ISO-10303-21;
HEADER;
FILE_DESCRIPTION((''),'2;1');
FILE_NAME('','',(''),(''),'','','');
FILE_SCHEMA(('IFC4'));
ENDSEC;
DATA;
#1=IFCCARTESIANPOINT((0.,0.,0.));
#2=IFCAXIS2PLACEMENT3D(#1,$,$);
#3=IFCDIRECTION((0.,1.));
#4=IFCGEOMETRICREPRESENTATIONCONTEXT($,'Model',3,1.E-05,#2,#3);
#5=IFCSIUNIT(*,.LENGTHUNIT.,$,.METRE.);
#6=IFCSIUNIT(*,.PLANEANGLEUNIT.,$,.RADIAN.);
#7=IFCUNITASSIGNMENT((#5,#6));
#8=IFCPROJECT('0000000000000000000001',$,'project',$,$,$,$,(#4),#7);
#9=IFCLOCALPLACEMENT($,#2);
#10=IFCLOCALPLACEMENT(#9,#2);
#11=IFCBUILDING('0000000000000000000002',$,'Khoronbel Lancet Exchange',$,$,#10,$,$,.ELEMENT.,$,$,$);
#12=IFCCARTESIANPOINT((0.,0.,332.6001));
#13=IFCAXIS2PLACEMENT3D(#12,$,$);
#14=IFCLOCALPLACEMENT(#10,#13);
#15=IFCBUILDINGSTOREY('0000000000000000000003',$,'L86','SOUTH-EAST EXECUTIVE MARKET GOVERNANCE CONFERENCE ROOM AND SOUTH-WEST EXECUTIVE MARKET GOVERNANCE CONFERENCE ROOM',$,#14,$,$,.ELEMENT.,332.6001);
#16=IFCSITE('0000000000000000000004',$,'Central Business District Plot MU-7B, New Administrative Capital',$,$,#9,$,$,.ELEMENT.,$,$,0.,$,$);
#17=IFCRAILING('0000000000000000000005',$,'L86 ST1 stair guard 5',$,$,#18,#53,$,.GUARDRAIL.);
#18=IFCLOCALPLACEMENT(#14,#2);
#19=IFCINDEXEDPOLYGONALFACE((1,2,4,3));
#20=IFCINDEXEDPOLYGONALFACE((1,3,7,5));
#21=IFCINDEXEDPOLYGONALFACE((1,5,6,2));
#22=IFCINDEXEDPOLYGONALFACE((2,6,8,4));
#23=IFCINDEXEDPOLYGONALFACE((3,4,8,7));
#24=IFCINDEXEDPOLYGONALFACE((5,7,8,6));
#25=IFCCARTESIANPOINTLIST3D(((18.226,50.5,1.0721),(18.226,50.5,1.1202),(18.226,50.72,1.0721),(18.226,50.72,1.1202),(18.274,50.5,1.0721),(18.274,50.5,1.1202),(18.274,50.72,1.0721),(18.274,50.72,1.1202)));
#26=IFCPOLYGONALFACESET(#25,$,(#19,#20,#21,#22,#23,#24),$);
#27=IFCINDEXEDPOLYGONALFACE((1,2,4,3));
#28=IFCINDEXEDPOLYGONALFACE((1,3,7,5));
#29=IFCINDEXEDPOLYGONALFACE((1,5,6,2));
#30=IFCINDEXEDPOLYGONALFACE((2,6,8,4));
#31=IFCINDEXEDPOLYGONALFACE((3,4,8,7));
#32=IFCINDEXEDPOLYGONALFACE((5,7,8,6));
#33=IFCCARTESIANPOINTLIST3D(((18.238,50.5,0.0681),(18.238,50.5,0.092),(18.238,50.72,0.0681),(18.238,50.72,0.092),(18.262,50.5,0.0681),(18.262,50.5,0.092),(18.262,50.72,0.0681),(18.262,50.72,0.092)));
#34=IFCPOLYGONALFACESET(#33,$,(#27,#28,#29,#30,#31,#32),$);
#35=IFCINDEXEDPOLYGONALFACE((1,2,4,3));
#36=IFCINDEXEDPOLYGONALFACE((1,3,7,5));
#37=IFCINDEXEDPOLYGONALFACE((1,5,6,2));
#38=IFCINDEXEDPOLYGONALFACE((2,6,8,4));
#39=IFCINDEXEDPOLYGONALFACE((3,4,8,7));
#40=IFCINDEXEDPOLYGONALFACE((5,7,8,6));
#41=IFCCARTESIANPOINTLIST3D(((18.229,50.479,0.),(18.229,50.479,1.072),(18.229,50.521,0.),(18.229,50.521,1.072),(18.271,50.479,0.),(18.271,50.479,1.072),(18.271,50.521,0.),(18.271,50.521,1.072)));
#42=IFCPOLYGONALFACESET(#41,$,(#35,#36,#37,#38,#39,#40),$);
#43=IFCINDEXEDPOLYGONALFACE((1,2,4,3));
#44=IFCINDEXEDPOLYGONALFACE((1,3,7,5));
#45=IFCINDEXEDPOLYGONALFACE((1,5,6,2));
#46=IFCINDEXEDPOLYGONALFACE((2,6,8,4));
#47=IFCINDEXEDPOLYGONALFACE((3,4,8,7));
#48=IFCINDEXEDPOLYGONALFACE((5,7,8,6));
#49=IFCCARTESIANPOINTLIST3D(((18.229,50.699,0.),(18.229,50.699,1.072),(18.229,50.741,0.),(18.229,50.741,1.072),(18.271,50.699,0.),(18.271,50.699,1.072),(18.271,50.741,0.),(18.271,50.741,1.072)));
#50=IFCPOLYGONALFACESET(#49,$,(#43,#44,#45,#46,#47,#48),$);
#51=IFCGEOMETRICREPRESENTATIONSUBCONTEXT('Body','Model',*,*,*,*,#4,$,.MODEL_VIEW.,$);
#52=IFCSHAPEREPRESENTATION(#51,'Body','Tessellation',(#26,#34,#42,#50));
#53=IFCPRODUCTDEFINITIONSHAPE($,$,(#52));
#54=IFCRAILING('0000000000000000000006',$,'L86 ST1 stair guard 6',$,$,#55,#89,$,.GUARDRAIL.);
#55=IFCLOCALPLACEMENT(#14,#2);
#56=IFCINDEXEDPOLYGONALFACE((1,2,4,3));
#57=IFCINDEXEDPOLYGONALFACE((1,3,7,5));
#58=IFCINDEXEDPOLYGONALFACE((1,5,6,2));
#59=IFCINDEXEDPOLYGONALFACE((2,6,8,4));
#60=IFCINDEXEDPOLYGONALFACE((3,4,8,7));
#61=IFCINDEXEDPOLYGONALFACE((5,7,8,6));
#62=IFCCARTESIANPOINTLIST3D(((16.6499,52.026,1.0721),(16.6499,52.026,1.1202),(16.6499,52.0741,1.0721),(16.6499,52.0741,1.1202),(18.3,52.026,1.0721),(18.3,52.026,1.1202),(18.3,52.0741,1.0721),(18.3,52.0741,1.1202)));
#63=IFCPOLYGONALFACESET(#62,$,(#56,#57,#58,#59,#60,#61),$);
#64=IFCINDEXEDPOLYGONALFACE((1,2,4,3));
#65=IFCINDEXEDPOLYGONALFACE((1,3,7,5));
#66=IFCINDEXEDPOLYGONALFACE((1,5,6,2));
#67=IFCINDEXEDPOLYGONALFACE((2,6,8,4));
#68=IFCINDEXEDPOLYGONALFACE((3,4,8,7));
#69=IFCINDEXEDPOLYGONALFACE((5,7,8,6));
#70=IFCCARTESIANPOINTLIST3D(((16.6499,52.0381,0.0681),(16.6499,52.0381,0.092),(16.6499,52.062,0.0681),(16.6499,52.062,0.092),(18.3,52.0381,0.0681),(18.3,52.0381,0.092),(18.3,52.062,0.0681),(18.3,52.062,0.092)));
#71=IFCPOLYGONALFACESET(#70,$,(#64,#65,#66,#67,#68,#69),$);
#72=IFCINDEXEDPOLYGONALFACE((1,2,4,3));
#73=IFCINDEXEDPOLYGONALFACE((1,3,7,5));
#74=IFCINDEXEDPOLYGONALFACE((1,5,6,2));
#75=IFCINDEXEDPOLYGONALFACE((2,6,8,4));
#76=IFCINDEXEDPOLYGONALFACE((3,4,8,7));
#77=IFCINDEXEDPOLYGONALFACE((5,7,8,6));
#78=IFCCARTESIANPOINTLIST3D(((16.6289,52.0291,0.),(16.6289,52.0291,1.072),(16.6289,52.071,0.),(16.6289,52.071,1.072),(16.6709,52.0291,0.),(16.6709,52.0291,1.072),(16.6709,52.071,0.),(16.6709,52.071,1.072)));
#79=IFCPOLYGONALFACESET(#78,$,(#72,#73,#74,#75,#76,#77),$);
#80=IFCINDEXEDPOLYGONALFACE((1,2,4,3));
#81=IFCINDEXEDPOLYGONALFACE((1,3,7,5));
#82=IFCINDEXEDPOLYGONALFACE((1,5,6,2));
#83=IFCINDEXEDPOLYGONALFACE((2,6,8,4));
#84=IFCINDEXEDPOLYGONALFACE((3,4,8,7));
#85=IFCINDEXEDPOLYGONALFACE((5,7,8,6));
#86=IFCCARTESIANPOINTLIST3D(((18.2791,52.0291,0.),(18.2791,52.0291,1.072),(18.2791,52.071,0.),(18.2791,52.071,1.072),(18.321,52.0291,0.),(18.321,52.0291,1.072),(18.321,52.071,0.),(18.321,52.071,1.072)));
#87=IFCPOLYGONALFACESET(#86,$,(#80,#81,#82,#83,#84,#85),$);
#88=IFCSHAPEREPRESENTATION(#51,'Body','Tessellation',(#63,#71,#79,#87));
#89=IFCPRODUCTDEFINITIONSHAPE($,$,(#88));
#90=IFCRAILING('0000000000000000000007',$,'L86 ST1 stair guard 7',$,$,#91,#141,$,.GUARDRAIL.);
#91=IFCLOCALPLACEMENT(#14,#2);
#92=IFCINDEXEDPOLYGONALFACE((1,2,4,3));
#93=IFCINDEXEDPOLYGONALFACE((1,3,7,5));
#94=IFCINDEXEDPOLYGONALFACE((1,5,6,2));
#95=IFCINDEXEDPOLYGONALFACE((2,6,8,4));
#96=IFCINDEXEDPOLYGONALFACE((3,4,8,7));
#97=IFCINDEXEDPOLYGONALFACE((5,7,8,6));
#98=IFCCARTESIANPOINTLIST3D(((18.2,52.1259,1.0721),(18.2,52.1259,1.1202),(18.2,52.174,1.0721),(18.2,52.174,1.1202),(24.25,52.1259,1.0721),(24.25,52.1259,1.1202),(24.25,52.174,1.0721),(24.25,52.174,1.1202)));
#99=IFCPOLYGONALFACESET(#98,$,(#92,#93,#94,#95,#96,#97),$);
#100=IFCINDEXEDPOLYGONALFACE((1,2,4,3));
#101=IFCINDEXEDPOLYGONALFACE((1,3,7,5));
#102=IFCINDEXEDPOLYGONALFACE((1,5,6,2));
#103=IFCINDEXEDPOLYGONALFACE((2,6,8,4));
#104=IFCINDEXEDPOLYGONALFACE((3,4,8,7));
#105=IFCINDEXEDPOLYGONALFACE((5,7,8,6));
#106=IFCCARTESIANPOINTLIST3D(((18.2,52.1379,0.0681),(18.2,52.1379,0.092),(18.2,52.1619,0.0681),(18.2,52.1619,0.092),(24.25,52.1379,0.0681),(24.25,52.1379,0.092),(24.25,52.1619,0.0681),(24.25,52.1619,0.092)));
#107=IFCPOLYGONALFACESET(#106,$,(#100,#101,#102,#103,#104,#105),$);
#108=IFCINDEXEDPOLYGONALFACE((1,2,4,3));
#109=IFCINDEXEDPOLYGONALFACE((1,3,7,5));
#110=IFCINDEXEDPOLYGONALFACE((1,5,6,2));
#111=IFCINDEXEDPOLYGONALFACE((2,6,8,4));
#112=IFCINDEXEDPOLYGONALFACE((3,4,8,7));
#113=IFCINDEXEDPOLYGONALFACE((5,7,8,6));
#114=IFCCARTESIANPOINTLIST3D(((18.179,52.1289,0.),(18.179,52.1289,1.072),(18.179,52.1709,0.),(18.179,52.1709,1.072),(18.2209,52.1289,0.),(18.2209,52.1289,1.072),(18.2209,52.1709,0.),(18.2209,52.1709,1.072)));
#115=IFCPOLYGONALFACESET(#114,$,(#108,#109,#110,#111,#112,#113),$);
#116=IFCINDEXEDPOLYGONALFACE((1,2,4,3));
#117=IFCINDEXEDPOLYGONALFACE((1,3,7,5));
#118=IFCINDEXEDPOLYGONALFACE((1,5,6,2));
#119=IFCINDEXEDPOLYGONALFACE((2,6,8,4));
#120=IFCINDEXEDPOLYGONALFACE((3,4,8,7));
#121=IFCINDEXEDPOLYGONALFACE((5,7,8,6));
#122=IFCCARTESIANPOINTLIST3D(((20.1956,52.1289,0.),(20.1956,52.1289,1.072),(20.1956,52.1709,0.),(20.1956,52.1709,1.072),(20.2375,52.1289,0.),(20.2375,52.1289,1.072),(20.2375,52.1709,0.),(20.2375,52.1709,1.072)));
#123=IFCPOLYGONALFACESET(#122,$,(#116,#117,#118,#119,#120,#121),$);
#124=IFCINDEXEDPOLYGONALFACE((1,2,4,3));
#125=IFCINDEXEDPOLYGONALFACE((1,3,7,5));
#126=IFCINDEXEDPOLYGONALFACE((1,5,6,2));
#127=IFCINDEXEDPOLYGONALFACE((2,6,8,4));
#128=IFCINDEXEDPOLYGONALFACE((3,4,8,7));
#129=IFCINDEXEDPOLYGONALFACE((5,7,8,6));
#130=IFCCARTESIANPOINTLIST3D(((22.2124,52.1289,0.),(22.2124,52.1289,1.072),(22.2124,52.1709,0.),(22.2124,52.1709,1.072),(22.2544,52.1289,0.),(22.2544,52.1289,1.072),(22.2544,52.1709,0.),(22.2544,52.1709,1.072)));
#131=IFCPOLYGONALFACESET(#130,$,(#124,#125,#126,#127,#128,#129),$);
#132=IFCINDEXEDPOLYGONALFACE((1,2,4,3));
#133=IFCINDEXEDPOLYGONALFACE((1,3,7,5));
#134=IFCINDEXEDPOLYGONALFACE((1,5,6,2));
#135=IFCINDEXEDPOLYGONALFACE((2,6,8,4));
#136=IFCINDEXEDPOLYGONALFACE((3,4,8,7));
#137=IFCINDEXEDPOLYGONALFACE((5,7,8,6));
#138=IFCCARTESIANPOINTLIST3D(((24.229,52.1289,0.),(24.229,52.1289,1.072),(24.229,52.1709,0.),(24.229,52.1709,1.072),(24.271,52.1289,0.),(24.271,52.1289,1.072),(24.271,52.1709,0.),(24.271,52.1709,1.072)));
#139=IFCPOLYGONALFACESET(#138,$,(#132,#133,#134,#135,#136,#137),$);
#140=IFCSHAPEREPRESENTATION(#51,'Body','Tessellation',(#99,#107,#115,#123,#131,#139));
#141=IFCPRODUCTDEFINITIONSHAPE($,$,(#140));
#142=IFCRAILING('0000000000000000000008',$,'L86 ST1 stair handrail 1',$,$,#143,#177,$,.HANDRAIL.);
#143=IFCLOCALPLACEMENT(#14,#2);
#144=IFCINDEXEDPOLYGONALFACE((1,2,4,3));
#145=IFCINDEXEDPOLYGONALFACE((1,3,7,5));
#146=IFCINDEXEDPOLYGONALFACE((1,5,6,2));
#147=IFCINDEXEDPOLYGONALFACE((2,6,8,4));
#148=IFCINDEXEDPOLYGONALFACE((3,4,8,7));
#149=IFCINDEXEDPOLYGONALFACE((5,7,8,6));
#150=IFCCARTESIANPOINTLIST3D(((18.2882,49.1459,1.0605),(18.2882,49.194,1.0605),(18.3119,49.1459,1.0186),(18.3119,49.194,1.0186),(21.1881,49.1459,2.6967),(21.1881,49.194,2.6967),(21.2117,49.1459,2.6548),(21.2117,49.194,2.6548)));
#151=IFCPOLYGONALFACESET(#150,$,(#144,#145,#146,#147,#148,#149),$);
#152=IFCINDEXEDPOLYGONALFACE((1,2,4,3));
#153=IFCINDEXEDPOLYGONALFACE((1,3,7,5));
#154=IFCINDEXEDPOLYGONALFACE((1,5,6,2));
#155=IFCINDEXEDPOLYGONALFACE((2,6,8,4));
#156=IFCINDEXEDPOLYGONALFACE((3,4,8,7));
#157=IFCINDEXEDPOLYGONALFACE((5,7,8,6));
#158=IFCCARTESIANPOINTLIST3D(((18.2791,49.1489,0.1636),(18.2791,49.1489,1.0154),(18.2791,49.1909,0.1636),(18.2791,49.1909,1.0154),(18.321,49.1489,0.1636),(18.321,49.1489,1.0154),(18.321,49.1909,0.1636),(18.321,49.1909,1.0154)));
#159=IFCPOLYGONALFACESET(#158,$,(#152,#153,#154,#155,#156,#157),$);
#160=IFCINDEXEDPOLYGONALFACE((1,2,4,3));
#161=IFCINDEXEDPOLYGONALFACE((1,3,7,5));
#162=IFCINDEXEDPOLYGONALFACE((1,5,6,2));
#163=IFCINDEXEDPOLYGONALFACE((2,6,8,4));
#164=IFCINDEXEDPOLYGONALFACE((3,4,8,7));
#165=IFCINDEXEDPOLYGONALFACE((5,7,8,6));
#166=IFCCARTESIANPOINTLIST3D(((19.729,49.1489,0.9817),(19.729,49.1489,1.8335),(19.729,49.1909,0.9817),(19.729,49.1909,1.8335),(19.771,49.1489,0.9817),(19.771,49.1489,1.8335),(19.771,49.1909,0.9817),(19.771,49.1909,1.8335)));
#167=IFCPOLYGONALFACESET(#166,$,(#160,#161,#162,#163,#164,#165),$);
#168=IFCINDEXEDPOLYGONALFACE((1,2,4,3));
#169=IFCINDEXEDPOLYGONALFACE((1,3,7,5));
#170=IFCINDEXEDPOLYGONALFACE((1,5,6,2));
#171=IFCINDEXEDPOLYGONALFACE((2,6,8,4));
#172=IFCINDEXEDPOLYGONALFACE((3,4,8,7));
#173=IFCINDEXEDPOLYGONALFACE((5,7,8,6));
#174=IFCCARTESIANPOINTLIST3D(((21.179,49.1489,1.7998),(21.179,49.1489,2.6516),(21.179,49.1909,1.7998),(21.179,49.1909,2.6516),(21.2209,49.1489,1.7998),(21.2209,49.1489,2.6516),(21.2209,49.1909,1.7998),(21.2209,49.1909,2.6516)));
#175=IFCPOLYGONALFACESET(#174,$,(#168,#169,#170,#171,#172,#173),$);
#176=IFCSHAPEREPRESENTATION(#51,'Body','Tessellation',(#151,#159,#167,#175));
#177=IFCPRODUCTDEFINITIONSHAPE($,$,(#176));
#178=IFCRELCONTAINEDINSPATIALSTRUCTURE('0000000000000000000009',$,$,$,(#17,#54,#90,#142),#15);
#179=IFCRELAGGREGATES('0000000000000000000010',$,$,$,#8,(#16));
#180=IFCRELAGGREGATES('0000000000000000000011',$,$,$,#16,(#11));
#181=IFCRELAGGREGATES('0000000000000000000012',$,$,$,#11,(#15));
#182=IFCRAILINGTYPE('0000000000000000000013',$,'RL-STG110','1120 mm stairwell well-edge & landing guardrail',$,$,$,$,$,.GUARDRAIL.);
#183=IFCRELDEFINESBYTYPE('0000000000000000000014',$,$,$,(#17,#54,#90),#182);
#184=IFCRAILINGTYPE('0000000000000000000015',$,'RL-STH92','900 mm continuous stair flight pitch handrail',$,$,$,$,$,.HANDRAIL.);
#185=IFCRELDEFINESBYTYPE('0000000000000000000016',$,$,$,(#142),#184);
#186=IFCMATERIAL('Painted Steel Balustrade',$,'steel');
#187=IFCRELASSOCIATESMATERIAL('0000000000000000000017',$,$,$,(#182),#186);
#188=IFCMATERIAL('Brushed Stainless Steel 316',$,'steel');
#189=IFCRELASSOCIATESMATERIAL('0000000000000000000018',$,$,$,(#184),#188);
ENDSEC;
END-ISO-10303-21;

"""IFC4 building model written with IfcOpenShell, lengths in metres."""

from ifc_helpers import new_model, si_unit, direction, frame, origin, origin_2d, place, context, subcontext, project, spatial, rectangle, extrude, material, type_object, element, save


model = new_model("IFC4")

# Units and contexts
model_context = context("Model", 3, precision=1e-05, world=origin(), true_north=direction((0.0, 1.0)))
body_context = subcontext(model_context, "Body", "Model", "MODEL_VIEW")
ifc_project = project(units=[si_unit("LENGTHUNIT", "METRE"), si_unit("PLANEANGLEUNIT", "RADIAN")], contexts=[model_context])

# Site, building, storey
site_placement = place(None, origin())
site = spatial("IfcSite", under=ifc_project, at=site_placement, Name="Central Business District Plot MU-7B, New Administrative Capital", CompositionType="ELEMENT", RefElevation=0.0)
building_placement = place(site_placement, origin())
building = spatial("IfcBuilding", under=site, at=building_placement, Name="Khoronbel Lancet Exchange", CompositionType="ELEMENT")
storey_placement = place(building_placement, frame((0.0, 0.0, 332.6001)))
storey = spatial("IfcBuildingStorey", under=building, at=storey_placement, Name="L86", Description="SOUTH-EAST EXECUTIVE MARKET GOVERNANCE CONFERENCE ROOM AND SOUTH-WEST EXECUTIVE MARKET GOVERNANCE CONFERENCE ROOM", CompositionType="ELEMENT", Elevation=332.6001)

# Railings
ifc_material_1 = material(Name="Painted Steel Balustrade", Category="steel")
railing_type_1 = type_object("IfcRailingType", Name="RL-STG110", Description="1120 mm stairwell well-edge & landing guardrail", PredefinedType="GUARDRAIL", material=ifc_material_1)
railing_1_placement = place(storey_placement, frame((18.25, 50.5, 0.0)))
element("IfcRailing", 1, at=railing_1_placement, inside=storey, type_object=railing_type_1, Name="L86 ST1 stair guard 5", PredefinedType="GUARDRAIL", context=body_context, shape_type="SweptSolid", body=[
    extrude(rectangle(XDim=0.0481, YDim=0.0481, at=origin_2d()), frame((0.0, 0.0, 1.0962), z_axis=(0.0, 1.0, 0.0), x_axis=(-1.0, 0.0, 0.0)), (0.0, 0.0, 1.0), 0.22),
    extrude(rectangle(XDim=0.0239, YDim=0.0239, at=origin_2d()), frame((0.0, 0.0, 0.0801), z_axis=(0.0, 1.0, 0.0), x_axis=(-1.0, 0.0, 0.0)), (0.0, 0.0, 1.0), 0.22),
    extrude(rectangle(XDim=0.042, YDim=0.042, at=origin_2d()), origin(), (0.0, 0.0, 1.0), 1.072),
    extrude(rectangle(XDim=0.042, YDim=0.042, at=origin_2d()), frame((0.0, 0.22, 0.0)), (0.0, 0.0, 1.0), 1.072),
])
railing_2_placement = place(storey_placement, frame((16.6499, 52.05, 0.0)))
element("IfcRailing", 2, at=railing_2_placement, inside=storey, type_object=railing_type_1, Name="L86 ST1 stair guard 6", PredefinedType="GUARDRAIL", context=body_context, shape_type="SweptSolid", body=[
    extrude(rectangle(XDim=0.0481, YDim=0.0481, at=origin_2d()), frame((0.0, 0.0, 1.0962), z_axis=(1.0, 0.0, 0.0), x_axis=(0.0, 1.0, 0.0)), (0.0, 0.0, 1.0), 1.6501),
    extrude(rectangle(XDim=0.0239, YDim=0.0239, at=origin_2d()), frame((0.0, 0.0, 0.0801), z_axis=(1.0, 0.0, 0.0), x_axis=(0.0, 1.0, 0.0)), (0.0, 0.0, 1.0), 1.6501),
    extrude(rectangle(XDim=0.042, YDim=0.042, at=origin_2d()), origin(), (0.0, 0.0, 1.0), 1.072),
    extrude(rectangle(XDim=0.042, YDim=0.042, at=origin_2d()), frame((1.6501, 0.0, 0.0)), (0.0, 0.0, 1.0), 1.072),
])
railing_3_placement = place(storey_placement, frame((18.2, 52.1499, 0.0)))
element("IfcRailing", 3, at=railing_3_placement, inside=storey, type_object=railing_type_1, Name="L86 ST1 stair guard 7", PredefinedType="GUARDRAIL", context=body_context, shape_type="SweptSolid", body=[
    extrude(rectangle(XDim=0.0481, YDim=0.0481, at=origin_2d()), frame((0.0, 0.0, 1.0962), z_axis=(1.0, 0.0, 0.0), x_axis=(0.0, 1.0, 0.0)), (0.0, 0.0, 1.0), 6.05),
    extrude(rectangle(XDim=0.0239, YDim=0.0239, at=origin_2d()), frame((0.0, 0.0, 0.0801), z_axis=(1.0, 0.0, 0.0), x_axis=(0.0, 1.0, 0.0)), (0.0, 0.0, 1.0), 6.05),
    extrude(rectangle(XDim=0.042, YDim=0.042, at=origin_2d()), origin(), (0.0, 0.0, 1.0), 1.072),
    extrude(rectangle(XDim=0.042, YDim=0.042, at=origin_2d()), frame((2.0166, 0.0, 0.0)), (0.0, 0.0, 1.0), 1.072),
    extrude(rectangle(XDim=0.042, YDim=0.042, at=origin_2d()), frame((4.0334, 0.0, 0.0)), (0.0, 0.0, 1.0), 1.072),
    extrude(rectangle(XDim=0.042, YDim=0.042, at=origin_2d()), frame((6.05, 0.0, 0.0)), (0.0, 0.0, 1.0), 1.072),
])
ifc_material_2 = material(Name="Brushed Stainless Steel 316", Category="steel")
railing_type_2 = type_object("IfcRailingType", Name="RL-STH92", Description="900 mm continuous stair flight pitch handrail", PredefinedType="HANDRAIL", material=ifc_material_2)
railing_4_placement = place(storey_placement, frame((18.3, 49.1699, 0.1636)))
element("IfcRailing", 4, at=railing_4_placement, inside=storey, type_object=railing_type_2, Name="L86 ST1 stair handrail 1", PredefinedType="HANDRAIL", context=body_context, shape_type="SweptSolid", body=[
    extrude(rectangle(XDim=0.0481, YDim=0.0481, at=origin_2d()), frame((0.0, 0.0, 0.876), z_axis=(0.870929, 0.0, 0.49141), x_axis=(0.0, 1.0, 0.0)), (0.0, 0.0, 1.0), 3.3296),
    extrude(rectangle(XDim=0.042, YDim=0.042, at=origin_2d()), origin(), (0.0, 0.0, 1.0), 0.8518),
    extrude(rectangle(XDim=0.042, YDim=0.042, at=origin_2d()), frame((1.45, 0.0, 0.8181)), (0.0, 0.0, 1.0), 0.8518),
    extrude(rectangle(XDim=0.042, YDim=0.042, at=origin_2d()), frame((2.8999, 0.0, 1.6362)), (0.0, 0.0, 1.0), 0.8518),
])

save(model, "model.ifc")
